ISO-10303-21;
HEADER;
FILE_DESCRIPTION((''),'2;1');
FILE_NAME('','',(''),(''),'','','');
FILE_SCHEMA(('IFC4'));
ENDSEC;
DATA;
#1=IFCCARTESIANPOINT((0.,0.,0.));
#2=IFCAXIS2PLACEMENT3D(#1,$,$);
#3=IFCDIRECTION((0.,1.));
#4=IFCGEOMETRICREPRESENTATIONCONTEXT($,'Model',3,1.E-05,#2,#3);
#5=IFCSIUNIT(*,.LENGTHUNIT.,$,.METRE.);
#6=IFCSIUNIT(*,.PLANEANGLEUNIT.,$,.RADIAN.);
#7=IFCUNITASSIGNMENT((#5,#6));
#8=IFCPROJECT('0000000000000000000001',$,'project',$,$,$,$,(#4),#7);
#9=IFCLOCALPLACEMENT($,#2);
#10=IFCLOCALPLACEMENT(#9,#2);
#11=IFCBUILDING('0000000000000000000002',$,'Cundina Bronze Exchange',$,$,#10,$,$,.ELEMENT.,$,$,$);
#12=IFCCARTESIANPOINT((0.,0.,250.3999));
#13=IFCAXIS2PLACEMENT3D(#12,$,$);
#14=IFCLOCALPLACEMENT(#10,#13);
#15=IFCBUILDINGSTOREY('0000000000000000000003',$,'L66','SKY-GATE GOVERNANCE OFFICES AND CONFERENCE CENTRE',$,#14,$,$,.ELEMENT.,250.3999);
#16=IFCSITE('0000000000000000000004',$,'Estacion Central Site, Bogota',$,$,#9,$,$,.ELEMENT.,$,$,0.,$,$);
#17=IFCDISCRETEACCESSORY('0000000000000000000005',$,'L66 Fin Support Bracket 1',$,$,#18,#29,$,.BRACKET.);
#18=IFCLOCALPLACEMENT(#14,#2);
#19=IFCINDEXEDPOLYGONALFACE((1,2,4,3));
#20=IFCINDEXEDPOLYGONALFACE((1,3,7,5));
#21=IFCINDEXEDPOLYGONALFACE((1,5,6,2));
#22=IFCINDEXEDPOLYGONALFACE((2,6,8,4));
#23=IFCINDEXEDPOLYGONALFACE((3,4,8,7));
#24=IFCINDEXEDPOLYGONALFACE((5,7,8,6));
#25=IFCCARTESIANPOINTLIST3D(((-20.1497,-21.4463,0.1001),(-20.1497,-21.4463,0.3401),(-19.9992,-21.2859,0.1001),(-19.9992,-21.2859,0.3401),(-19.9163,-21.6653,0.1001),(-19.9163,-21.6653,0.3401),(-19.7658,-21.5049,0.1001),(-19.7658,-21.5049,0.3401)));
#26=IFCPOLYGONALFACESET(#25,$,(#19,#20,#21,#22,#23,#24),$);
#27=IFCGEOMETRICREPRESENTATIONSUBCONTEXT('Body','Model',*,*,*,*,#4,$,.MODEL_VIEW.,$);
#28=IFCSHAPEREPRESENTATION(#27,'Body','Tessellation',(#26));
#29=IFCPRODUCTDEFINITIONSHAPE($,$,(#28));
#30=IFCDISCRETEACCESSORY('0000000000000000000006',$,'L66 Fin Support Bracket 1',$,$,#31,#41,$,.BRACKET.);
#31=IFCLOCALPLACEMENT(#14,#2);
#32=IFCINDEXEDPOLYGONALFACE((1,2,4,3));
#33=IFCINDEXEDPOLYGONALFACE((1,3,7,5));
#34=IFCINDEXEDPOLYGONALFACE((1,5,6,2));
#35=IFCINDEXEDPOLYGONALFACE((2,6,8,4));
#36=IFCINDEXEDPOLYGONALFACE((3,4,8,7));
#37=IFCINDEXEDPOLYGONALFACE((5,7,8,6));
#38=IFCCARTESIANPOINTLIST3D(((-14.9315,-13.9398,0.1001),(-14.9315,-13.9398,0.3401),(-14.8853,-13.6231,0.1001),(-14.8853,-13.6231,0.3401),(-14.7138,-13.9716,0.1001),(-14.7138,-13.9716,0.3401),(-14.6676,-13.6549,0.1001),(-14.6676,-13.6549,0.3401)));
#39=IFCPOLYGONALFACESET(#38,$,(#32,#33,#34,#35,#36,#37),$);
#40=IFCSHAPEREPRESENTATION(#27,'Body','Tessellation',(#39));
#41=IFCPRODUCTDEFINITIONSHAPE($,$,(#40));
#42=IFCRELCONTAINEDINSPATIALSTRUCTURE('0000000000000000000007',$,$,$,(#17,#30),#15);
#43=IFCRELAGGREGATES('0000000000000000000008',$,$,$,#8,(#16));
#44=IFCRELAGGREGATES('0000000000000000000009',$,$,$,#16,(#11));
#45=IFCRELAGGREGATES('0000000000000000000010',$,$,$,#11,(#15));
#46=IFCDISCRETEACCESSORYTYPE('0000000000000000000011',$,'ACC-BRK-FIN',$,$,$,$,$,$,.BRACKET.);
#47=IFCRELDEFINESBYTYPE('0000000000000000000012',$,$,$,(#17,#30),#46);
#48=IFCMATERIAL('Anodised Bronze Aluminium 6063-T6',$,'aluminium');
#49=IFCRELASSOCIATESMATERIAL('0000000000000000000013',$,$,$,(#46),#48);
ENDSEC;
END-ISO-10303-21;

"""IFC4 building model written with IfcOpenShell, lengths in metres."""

from ifc_helpers import new_model, si_unit, direction, frame, origin, origin_2d, place, context, subcontext, project, spatial, rectangle, extrude, material, type_object, element, save


model = new_model("IFC4")

# Units and contexts
model_context = context("Model", 3, precision=1e-05, world=origin(), true_north=direction((0.0, 1.0)))
body_context = subcontext(model_context, "Body", "Model", "MODEL_VIEW")
ifc_project = project(units=[si_unit("LENGTHUNIT", "METRE"), si_unit("PLANEANGLEUNIT", "RADIAN")], contexts=[model_context])

# Site, building, storey
site_placement = place(None, origin())
site = spatial("IfcSite", under=ifc_project, at=site_placement, Name="Estacion Central Site, Bogota", CompositionType="ELEMENT", RefElevation=0.0)
building_placement = place(site_placement, origin())
building = spatial("IfcBuilding", under=site, at=building_placement, Name="Cundina Bronze Exchange", CompositionType="ELEMENT")
storey_placement = place(building_placement, frame((0.0, 0.0, 250.3999)))
storey = spatial("IfcBuildingStorey", under=building, at=storey_placement, Name="L66", Description="SKY-GATE GOVERNANCE OFFICES AND CONFERENCE CENTRE", CompositionType="ELEMENT", Elevation=250.3999)

# Shared definitions
ifc_material_1 = material(Name="Anodised Bronze Aluminium 6063-T6", Category="aluminium")

# Discrete accessories
discrete_accessory_type = type_object("IfcDiscreteAccessoryType", Name="ACC-BRK-FIN", PredefinedType="BRACKET", material=ifc_material_1)
for number, where, z_axis, x_axis, name in (
    (1, (-19.9578, -21.4756, 0.1001), (0.0, 0.0, 1.0), (0.684344, 0.72916, 0.0), "L66 Fin Support Bracket 1"),
    (2, (-14.7996, -13.7974, 0.1001), (0.0, 0.0, 1.0), (0.989528, -0.144339, 0.0), "L66 Fin Support Bracket 1"),
):
    element("IfcDiscreteAccessory", number, at=place(storey_placement, frame(where, z_axis=z_axis, x_axis=x_axis)), inside=storey, type_object=discrete_accessory_type, Name=name, PredefinedType="BRACKET", context=body_context, shape_type="SweptSolid", body=[
        extrude(rectangle(XDim=0.22, YDim=0.3201, at=origin_2d()), origin(), (0.0, 0.0, 1.0), 0.24),
    ])

save(model, "model.ifc")
